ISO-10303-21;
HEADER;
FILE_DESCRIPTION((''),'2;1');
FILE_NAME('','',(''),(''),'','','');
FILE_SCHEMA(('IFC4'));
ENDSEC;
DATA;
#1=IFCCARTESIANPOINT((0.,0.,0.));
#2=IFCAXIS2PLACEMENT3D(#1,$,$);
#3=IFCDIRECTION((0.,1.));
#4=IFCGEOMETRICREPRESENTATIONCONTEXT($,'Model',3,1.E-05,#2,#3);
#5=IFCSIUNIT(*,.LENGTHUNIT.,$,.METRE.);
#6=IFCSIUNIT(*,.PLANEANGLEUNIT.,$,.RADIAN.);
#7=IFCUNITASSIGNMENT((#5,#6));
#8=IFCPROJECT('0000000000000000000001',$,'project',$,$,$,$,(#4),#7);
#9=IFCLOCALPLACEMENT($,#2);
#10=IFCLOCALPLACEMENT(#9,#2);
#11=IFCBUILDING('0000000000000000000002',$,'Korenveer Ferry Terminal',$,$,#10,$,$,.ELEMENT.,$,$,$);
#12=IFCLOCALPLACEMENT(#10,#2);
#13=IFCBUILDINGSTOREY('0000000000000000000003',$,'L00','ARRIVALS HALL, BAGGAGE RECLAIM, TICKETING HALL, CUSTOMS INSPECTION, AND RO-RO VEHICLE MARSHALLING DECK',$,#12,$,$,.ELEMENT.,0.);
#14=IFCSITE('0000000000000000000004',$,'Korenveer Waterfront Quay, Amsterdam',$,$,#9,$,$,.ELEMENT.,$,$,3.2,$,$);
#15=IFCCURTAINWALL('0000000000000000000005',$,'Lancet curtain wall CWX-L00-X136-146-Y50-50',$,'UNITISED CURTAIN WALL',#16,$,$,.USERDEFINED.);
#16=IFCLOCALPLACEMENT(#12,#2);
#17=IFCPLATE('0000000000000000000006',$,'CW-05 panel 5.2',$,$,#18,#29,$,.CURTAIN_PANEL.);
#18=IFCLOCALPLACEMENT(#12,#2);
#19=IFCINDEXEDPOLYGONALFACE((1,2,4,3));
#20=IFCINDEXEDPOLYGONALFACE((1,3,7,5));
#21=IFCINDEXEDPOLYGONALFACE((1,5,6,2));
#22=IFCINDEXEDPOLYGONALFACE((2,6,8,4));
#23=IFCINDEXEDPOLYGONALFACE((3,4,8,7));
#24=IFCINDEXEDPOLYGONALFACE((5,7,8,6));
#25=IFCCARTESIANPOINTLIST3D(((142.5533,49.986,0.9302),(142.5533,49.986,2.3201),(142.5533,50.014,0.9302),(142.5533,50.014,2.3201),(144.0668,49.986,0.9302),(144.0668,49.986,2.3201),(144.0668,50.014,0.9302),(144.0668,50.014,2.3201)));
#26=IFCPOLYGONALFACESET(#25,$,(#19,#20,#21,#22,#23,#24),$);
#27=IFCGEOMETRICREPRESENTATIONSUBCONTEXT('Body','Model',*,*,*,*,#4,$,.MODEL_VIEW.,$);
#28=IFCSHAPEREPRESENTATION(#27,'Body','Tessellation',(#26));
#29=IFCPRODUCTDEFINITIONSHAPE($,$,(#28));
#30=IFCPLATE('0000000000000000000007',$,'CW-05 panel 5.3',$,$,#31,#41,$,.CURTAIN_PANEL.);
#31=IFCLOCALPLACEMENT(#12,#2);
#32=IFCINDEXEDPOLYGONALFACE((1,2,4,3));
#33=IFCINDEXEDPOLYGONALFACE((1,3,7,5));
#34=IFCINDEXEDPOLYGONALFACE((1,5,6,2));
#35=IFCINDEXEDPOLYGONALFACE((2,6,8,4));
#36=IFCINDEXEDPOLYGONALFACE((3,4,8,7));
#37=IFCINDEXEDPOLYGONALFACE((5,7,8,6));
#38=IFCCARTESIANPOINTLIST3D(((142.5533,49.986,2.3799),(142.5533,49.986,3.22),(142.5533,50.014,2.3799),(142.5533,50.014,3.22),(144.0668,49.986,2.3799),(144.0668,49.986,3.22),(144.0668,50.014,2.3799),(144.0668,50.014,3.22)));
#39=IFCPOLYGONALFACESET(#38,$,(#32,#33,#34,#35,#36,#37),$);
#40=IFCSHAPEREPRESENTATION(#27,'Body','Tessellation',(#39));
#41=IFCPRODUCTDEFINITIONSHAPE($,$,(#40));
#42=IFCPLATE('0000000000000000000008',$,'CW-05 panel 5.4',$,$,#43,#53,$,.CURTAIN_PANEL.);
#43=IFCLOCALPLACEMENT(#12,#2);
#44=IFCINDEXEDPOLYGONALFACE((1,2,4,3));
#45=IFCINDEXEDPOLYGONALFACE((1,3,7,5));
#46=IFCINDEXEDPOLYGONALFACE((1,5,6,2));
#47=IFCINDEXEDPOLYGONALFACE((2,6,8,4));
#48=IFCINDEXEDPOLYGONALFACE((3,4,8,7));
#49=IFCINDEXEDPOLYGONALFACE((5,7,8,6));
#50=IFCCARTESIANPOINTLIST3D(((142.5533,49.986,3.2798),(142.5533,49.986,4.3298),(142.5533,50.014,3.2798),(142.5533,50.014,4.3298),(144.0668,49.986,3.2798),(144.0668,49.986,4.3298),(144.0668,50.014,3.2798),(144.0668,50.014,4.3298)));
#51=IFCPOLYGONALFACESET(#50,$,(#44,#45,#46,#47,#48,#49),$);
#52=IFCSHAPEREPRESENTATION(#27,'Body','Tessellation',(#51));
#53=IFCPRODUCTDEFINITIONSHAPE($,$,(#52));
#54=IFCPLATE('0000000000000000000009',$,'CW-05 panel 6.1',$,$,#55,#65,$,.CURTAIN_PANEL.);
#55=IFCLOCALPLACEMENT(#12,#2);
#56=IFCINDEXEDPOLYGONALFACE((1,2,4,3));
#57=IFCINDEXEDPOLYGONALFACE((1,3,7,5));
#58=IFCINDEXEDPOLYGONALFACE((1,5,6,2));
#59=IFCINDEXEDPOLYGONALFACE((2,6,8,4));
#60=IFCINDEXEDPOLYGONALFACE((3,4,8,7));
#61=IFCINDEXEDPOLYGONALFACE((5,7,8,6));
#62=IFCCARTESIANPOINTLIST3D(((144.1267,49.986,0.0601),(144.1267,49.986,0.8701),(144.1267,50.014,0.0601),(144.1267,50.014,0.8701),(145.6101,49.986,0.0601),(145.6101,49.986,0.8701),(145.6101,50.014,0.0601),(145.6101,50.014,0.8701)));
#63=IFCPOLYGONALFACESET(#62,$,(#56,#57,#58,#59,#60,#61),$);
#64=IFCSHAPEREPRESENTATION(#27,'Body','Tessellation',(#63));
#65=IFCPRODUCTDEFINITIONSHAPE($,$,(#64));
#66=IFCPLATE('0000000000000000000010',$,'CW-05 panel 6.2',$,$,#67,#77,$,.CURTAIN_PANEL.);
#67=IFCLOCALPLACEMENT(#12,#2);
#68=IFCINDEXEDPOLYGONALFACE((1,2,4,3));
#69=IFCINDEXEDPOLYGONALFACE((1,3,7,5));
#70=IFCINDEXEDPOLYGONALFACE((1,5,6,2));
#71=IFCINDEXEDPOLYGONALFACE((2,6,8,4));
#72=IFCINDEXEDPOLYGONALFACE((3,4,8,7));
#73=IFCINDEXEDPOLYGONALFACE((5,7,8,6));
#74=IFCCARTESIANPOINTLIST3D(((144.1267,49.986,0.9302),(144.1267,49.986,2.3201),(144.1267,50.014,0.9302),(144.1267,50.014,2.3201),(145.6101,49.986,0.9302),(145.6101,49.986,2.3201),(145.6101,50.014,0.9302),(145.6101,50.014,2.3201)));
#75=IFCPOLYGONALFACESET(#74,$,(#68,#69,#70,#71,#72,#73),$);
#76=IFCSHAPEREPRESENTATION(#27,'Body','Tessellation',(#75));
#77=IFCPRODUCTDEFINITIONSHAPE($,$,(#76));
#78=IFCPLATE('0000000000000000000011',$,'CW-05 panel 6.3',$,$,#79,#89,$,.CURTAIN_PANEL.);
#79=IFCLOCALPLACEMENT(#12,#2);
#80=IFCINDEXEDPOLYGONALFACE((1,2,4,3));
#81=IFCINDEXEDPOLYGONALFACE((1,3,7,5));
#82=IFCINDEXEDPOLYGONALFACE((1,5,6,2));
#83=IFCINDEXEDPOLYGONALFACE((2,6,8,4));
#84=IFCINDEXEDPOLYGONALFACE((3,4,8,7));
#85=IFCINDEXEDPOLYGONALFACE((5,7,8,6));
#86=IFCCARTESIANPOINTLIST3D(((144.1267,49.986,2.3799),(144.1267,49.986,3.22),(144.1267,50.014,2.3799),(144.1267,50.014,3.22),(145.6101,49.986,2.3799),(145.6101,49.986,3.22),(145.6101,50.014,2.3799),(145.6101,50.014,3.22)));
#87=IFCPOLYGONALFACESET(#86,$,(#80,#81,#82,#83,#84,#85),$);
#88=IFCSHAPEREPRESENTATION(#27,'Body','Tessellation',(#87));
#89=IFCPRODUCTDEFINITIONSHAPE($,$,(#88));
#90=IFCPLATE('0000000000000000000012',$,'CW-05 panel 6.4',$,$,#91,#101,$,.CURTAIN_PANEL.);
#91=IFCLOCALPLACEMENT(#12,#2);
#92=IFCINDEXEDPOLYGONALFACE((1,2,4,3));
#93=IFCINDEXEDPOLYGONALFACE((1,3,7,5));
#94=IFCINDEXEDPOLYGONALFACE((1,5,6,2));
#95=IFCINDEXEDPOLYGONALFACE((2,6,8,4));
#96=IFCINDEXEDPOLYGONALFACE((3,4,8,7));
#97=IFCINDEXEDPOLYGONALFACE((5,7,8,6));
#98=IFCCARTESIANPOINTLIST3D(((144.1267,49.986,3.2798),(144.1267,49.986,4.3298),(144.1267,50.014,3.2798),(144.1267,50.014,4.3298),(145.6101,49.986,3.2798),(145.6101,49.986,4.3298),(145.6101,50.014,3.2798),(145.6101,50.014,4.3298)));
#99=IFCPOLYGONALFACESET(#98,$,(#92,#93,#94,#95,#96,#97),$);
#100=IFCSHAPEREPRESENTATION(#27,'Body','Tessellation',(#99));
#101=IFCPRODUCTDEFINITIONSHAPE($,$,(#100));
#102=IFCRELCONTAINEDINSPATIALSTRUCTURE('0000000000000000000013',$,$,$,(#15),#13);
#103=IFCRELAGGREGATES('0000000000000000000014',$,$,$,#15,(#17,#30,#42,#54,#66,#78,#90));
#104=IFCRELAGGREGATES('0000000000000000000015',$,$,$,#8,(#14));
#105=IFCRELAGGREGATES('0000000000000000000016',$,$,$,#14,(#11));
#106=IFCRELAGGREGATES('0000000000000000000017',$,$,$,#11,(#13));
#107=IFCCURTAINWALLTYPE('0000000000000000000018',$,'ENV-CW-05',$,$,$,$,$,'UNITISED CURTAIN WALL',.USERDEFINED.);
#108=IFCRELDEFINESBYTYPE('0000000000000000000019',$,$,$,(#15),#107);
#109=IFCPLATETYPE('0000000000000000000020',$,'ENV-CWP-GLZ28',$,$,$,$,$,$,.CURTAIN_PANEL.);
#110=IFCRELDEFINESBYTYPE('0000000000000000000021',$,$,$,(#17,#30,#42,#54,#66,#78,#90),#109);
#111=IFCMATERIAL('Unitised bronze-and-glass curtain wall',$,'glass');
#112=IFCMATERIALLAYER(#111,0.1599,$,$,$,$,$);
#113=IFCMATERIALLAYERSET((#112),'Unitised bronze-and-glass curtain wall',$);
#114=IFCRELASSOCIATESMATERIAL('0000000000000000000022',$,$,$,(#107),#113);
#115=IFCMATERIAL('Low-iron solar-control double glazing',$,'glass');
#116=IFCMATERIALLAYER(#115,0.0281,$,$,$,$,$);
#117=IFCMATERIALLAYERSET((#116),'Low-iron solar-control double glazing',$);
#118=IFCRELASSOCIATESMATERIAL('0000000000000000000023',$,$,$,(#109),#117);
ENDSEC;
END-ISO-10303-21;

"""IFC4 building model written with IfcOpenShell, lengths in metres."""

from ifc_helpers import new_model, si_unit, direction, frame, origin, origin_2d, place, context, subcontext, project, spatial, rectangle, extrude, material, layer, layer_set, type_object, element, aggregate, save


model = new_model("IFC4")

# Units and contexts
model_context = context("Model", 3, precision=1e-05, world=origin(), true_north=direction((0.0, 1.0)))
body_context = subcontext(model_context, "Body", "Model", "MODEL_VIEW")
ifc_project = project(units=[si_unit("LENGTHUNIT", "METRE"), si_unit("PLANEANGLEUNIT", "RADIAN")], contexts=[model_context])

# Site, building, storey
site_placement = place(None, origin())
site = spatial("IfcSite", under=ifc_project, at=site_placement, Name="Korenveer Waterfront Quay, Amsterdam", CompositionType="ELEMENT", RefElevation=3.2)
building_placement = place(site_placement, origin())
building = spatial("IfcBuilding", under=site, at=building_placement, Name="Korenveer Ferry Terminal", CompositionType="ELEMENT")
storey_placement = place(building_placement, origin())
storey = spatial("IfcBuildingStorey", under=building, at=storey_placement, Name="L00", Description="ARRIVALS HALL, BAGGAGE RECLAIM, TICKETING HALL, CUSTOMS INSPECTION, AND RO-RO VEHICLE MARSHALLING DECK", CompositionType="ELEMENT", Elevation=0.0)

# Curtain wall, plates
ifc_material_1 = material(Name="Unitised bronze-and-glass curtain wall", Category="glass")
ifc_layer_1 = layer(ifc_material_1, 0.1599)
ifc_layer_set_1 = layer_set([ifc_layer_1], Name="Unitised bronze-and-glass curtain wall")
curtain_wall_type = type_object("IfcCurtainWallType", Name="ENV-CW-05", ElementType="UNITISED CURTAIN WALL", PredefinedType="USERDEFINED", material=ifc_layer_set_1)
curtain_wall_placement = place(storey_placement, frame((136.23, 50.0, 0.0)))
curtain_wall = element("IfcCurtainWall", 1, at=curtain_wall_placement, inside=storey, type_object=curtain_wall_type, Name="Lancet curtain wall CWX-L00-X136-146-Y50-50", ObjectType="UNITISED CURTAIN WALL", PredefinedType="USERDEFINED")
ifc_material_2 = material(Name="Low-iron solar-control double glazing", Category="glass")
ifc_layer_2 = layer(ifc_material_2, 0.0281)
ifc_layer_set_2 = layer_set([ifc_layer_2], Name="Low-iron solar-control double glazing")
plate_type = type_object("IfcPlateType", Name="ENV-CWP-GLZ28", PredefinedType="CURTAIN_PANEL", material=ifc_layer_set_2)
plate_1_placement = place(storey_placement, frame((143.3101, 50.0, 0.9302), z_axis=(0.0, 0.0, 1.0), x_axis=(1.0, 0.0, 0.0)))
plate_1 = element("IfcPlate", 2, at=plate_1_placement, type_object=plate_type, Name="CW-05 panel 5.2", PredefinedType="CURTAIN_PANEL", context=body_context, shape_type="SweptSolid", body=[
    extrude(rectangle(XDim=1.5134, YDim=0.0281, at=origin_2d()), origin(), (0.0, 0.0, 1.0), 1.3899),
])
plate_2_placement = place(storey_placement, frame((143.3101, 50.0, 2.3799), z_axis=(0.0, 0.0, 1.0), x_axis=(1.0, 0.0, 0.0)))
plate_2 = element("IfcPlate", 3, at=plate_2_placement, type_object=plate_type, Name="CW-05 panel 5.3", PredefinedType="CURTAIN_PANEL", context=body_context, shape_type="SweptSolid", body=[
    extrude(rectangle(XDim=1.5134, YDim=0.0281, at=origin_2d()), origin(), (0.0, 0.0, 1.0), 0.8401),
])
plate_3_placement = place(storey_placement, frame((143.3101, 50.0, 3.2798), z_axis=(0.0, 0.0, 1.0), x_axis=(1.0, 0.0, 0.0)))
plate_3 = element("IfcPlate", 4, at=plate_3_placement, type_object=plate_type, Name="CW-05 panel 5.4", PredefinedType="CURTAIN_PANEL", context=body_context, shape_type="SweptSolid", body=[
    extrude(rectangle(XDim=1.5134, YDim=0.0281, at=origin_2d()), origin(), (0.0, 0.0, 1.0), 1.05),
])
plate_4_placement = place(storey_placement, frame((144.8684, 50.0, 0.0601), z_axis=(0.0, 0.0, 1.0), x_axis=(1.0, 0.0, 0.0)))
plate_4 = element("IfcPlate", 5, at=plate_4_placement, type_object=plate_type, Name="CW-05 panel 6.1", PredefinedType="CURTAIN_PANEL", context=body_context, shape_type="SweptSolid", body=[
    extrude(rectangle(XDim=1.4834, YDim=0.0281, at=origin_2d()), origin(), (0.0, 0.0, 1.0), 0.8101),
])
plate_5_placement = place(storey_placement, frame((144.8684, 50.0, 0.9302), z_axis=(0.0, 0.0, 1.0), x_axis=(1.0, 0.0, 0.0)))
plate_5 = element("IfcPlate", 6, at=plate_5_placement, type_object=plate_type, Name="CW-05 panel 6.2", PredefinedType="CURTAIN_PANEL", context=body_context, shape_type="SweptSolid", body=[
    extrude(rectangle(XDim=1.4834, YDim=0.0281, at=origin_2d()), origin(), (0.0, 0.0, 1.0), 1.3899),
])
plate_6_placement = place(storey_placement, frame((144.8684, 50.0, 2.3799), z_axis=(0.0, 0.0, 1.0), x_axis=(1.0, 0.0, 0.0)))
plate_6 = element("IfcPlate", 7, at=plate_6_placement, type_object=plate_type, Name="CW-05 panel 6.3", PredefinedType="CURTAIN_PANEL", context=body_context, shape_type="SweptSolid", body=[
    extrude(rectangle(XDim=1.4834, YDim=0.0281, at=origin_2d()), origin(), (0.0, 0.0, 1.0), 0.8401),
])
plate_7_placement = place(storey_placement, frame((144.8684, 50.0, 3.2798), z_axis=(0.0, 0.0, 1.0), x_axis=(1.0, 0.0, 0.0)))
plate_7 = element("IfcPlate", 8, at=plate_7_placement, type_object=plate_type, Name="CW-05 panel 6.4", PredefinedType="CURTAIN_PANEL", context=body_context, shape_type="SweptSolid", body=[
    extrude(rectangle(XDim=1.4834, YDim=0.0281, at=origin_2d()), origin(), (0.0, 0.0, 1.0), 1.05),
])
aggregate(curtain_wall, [plate_1, plate_2, plate_3, plate_4, plate_5, plate_6, plate_7])

save(model, "model.ifc")
